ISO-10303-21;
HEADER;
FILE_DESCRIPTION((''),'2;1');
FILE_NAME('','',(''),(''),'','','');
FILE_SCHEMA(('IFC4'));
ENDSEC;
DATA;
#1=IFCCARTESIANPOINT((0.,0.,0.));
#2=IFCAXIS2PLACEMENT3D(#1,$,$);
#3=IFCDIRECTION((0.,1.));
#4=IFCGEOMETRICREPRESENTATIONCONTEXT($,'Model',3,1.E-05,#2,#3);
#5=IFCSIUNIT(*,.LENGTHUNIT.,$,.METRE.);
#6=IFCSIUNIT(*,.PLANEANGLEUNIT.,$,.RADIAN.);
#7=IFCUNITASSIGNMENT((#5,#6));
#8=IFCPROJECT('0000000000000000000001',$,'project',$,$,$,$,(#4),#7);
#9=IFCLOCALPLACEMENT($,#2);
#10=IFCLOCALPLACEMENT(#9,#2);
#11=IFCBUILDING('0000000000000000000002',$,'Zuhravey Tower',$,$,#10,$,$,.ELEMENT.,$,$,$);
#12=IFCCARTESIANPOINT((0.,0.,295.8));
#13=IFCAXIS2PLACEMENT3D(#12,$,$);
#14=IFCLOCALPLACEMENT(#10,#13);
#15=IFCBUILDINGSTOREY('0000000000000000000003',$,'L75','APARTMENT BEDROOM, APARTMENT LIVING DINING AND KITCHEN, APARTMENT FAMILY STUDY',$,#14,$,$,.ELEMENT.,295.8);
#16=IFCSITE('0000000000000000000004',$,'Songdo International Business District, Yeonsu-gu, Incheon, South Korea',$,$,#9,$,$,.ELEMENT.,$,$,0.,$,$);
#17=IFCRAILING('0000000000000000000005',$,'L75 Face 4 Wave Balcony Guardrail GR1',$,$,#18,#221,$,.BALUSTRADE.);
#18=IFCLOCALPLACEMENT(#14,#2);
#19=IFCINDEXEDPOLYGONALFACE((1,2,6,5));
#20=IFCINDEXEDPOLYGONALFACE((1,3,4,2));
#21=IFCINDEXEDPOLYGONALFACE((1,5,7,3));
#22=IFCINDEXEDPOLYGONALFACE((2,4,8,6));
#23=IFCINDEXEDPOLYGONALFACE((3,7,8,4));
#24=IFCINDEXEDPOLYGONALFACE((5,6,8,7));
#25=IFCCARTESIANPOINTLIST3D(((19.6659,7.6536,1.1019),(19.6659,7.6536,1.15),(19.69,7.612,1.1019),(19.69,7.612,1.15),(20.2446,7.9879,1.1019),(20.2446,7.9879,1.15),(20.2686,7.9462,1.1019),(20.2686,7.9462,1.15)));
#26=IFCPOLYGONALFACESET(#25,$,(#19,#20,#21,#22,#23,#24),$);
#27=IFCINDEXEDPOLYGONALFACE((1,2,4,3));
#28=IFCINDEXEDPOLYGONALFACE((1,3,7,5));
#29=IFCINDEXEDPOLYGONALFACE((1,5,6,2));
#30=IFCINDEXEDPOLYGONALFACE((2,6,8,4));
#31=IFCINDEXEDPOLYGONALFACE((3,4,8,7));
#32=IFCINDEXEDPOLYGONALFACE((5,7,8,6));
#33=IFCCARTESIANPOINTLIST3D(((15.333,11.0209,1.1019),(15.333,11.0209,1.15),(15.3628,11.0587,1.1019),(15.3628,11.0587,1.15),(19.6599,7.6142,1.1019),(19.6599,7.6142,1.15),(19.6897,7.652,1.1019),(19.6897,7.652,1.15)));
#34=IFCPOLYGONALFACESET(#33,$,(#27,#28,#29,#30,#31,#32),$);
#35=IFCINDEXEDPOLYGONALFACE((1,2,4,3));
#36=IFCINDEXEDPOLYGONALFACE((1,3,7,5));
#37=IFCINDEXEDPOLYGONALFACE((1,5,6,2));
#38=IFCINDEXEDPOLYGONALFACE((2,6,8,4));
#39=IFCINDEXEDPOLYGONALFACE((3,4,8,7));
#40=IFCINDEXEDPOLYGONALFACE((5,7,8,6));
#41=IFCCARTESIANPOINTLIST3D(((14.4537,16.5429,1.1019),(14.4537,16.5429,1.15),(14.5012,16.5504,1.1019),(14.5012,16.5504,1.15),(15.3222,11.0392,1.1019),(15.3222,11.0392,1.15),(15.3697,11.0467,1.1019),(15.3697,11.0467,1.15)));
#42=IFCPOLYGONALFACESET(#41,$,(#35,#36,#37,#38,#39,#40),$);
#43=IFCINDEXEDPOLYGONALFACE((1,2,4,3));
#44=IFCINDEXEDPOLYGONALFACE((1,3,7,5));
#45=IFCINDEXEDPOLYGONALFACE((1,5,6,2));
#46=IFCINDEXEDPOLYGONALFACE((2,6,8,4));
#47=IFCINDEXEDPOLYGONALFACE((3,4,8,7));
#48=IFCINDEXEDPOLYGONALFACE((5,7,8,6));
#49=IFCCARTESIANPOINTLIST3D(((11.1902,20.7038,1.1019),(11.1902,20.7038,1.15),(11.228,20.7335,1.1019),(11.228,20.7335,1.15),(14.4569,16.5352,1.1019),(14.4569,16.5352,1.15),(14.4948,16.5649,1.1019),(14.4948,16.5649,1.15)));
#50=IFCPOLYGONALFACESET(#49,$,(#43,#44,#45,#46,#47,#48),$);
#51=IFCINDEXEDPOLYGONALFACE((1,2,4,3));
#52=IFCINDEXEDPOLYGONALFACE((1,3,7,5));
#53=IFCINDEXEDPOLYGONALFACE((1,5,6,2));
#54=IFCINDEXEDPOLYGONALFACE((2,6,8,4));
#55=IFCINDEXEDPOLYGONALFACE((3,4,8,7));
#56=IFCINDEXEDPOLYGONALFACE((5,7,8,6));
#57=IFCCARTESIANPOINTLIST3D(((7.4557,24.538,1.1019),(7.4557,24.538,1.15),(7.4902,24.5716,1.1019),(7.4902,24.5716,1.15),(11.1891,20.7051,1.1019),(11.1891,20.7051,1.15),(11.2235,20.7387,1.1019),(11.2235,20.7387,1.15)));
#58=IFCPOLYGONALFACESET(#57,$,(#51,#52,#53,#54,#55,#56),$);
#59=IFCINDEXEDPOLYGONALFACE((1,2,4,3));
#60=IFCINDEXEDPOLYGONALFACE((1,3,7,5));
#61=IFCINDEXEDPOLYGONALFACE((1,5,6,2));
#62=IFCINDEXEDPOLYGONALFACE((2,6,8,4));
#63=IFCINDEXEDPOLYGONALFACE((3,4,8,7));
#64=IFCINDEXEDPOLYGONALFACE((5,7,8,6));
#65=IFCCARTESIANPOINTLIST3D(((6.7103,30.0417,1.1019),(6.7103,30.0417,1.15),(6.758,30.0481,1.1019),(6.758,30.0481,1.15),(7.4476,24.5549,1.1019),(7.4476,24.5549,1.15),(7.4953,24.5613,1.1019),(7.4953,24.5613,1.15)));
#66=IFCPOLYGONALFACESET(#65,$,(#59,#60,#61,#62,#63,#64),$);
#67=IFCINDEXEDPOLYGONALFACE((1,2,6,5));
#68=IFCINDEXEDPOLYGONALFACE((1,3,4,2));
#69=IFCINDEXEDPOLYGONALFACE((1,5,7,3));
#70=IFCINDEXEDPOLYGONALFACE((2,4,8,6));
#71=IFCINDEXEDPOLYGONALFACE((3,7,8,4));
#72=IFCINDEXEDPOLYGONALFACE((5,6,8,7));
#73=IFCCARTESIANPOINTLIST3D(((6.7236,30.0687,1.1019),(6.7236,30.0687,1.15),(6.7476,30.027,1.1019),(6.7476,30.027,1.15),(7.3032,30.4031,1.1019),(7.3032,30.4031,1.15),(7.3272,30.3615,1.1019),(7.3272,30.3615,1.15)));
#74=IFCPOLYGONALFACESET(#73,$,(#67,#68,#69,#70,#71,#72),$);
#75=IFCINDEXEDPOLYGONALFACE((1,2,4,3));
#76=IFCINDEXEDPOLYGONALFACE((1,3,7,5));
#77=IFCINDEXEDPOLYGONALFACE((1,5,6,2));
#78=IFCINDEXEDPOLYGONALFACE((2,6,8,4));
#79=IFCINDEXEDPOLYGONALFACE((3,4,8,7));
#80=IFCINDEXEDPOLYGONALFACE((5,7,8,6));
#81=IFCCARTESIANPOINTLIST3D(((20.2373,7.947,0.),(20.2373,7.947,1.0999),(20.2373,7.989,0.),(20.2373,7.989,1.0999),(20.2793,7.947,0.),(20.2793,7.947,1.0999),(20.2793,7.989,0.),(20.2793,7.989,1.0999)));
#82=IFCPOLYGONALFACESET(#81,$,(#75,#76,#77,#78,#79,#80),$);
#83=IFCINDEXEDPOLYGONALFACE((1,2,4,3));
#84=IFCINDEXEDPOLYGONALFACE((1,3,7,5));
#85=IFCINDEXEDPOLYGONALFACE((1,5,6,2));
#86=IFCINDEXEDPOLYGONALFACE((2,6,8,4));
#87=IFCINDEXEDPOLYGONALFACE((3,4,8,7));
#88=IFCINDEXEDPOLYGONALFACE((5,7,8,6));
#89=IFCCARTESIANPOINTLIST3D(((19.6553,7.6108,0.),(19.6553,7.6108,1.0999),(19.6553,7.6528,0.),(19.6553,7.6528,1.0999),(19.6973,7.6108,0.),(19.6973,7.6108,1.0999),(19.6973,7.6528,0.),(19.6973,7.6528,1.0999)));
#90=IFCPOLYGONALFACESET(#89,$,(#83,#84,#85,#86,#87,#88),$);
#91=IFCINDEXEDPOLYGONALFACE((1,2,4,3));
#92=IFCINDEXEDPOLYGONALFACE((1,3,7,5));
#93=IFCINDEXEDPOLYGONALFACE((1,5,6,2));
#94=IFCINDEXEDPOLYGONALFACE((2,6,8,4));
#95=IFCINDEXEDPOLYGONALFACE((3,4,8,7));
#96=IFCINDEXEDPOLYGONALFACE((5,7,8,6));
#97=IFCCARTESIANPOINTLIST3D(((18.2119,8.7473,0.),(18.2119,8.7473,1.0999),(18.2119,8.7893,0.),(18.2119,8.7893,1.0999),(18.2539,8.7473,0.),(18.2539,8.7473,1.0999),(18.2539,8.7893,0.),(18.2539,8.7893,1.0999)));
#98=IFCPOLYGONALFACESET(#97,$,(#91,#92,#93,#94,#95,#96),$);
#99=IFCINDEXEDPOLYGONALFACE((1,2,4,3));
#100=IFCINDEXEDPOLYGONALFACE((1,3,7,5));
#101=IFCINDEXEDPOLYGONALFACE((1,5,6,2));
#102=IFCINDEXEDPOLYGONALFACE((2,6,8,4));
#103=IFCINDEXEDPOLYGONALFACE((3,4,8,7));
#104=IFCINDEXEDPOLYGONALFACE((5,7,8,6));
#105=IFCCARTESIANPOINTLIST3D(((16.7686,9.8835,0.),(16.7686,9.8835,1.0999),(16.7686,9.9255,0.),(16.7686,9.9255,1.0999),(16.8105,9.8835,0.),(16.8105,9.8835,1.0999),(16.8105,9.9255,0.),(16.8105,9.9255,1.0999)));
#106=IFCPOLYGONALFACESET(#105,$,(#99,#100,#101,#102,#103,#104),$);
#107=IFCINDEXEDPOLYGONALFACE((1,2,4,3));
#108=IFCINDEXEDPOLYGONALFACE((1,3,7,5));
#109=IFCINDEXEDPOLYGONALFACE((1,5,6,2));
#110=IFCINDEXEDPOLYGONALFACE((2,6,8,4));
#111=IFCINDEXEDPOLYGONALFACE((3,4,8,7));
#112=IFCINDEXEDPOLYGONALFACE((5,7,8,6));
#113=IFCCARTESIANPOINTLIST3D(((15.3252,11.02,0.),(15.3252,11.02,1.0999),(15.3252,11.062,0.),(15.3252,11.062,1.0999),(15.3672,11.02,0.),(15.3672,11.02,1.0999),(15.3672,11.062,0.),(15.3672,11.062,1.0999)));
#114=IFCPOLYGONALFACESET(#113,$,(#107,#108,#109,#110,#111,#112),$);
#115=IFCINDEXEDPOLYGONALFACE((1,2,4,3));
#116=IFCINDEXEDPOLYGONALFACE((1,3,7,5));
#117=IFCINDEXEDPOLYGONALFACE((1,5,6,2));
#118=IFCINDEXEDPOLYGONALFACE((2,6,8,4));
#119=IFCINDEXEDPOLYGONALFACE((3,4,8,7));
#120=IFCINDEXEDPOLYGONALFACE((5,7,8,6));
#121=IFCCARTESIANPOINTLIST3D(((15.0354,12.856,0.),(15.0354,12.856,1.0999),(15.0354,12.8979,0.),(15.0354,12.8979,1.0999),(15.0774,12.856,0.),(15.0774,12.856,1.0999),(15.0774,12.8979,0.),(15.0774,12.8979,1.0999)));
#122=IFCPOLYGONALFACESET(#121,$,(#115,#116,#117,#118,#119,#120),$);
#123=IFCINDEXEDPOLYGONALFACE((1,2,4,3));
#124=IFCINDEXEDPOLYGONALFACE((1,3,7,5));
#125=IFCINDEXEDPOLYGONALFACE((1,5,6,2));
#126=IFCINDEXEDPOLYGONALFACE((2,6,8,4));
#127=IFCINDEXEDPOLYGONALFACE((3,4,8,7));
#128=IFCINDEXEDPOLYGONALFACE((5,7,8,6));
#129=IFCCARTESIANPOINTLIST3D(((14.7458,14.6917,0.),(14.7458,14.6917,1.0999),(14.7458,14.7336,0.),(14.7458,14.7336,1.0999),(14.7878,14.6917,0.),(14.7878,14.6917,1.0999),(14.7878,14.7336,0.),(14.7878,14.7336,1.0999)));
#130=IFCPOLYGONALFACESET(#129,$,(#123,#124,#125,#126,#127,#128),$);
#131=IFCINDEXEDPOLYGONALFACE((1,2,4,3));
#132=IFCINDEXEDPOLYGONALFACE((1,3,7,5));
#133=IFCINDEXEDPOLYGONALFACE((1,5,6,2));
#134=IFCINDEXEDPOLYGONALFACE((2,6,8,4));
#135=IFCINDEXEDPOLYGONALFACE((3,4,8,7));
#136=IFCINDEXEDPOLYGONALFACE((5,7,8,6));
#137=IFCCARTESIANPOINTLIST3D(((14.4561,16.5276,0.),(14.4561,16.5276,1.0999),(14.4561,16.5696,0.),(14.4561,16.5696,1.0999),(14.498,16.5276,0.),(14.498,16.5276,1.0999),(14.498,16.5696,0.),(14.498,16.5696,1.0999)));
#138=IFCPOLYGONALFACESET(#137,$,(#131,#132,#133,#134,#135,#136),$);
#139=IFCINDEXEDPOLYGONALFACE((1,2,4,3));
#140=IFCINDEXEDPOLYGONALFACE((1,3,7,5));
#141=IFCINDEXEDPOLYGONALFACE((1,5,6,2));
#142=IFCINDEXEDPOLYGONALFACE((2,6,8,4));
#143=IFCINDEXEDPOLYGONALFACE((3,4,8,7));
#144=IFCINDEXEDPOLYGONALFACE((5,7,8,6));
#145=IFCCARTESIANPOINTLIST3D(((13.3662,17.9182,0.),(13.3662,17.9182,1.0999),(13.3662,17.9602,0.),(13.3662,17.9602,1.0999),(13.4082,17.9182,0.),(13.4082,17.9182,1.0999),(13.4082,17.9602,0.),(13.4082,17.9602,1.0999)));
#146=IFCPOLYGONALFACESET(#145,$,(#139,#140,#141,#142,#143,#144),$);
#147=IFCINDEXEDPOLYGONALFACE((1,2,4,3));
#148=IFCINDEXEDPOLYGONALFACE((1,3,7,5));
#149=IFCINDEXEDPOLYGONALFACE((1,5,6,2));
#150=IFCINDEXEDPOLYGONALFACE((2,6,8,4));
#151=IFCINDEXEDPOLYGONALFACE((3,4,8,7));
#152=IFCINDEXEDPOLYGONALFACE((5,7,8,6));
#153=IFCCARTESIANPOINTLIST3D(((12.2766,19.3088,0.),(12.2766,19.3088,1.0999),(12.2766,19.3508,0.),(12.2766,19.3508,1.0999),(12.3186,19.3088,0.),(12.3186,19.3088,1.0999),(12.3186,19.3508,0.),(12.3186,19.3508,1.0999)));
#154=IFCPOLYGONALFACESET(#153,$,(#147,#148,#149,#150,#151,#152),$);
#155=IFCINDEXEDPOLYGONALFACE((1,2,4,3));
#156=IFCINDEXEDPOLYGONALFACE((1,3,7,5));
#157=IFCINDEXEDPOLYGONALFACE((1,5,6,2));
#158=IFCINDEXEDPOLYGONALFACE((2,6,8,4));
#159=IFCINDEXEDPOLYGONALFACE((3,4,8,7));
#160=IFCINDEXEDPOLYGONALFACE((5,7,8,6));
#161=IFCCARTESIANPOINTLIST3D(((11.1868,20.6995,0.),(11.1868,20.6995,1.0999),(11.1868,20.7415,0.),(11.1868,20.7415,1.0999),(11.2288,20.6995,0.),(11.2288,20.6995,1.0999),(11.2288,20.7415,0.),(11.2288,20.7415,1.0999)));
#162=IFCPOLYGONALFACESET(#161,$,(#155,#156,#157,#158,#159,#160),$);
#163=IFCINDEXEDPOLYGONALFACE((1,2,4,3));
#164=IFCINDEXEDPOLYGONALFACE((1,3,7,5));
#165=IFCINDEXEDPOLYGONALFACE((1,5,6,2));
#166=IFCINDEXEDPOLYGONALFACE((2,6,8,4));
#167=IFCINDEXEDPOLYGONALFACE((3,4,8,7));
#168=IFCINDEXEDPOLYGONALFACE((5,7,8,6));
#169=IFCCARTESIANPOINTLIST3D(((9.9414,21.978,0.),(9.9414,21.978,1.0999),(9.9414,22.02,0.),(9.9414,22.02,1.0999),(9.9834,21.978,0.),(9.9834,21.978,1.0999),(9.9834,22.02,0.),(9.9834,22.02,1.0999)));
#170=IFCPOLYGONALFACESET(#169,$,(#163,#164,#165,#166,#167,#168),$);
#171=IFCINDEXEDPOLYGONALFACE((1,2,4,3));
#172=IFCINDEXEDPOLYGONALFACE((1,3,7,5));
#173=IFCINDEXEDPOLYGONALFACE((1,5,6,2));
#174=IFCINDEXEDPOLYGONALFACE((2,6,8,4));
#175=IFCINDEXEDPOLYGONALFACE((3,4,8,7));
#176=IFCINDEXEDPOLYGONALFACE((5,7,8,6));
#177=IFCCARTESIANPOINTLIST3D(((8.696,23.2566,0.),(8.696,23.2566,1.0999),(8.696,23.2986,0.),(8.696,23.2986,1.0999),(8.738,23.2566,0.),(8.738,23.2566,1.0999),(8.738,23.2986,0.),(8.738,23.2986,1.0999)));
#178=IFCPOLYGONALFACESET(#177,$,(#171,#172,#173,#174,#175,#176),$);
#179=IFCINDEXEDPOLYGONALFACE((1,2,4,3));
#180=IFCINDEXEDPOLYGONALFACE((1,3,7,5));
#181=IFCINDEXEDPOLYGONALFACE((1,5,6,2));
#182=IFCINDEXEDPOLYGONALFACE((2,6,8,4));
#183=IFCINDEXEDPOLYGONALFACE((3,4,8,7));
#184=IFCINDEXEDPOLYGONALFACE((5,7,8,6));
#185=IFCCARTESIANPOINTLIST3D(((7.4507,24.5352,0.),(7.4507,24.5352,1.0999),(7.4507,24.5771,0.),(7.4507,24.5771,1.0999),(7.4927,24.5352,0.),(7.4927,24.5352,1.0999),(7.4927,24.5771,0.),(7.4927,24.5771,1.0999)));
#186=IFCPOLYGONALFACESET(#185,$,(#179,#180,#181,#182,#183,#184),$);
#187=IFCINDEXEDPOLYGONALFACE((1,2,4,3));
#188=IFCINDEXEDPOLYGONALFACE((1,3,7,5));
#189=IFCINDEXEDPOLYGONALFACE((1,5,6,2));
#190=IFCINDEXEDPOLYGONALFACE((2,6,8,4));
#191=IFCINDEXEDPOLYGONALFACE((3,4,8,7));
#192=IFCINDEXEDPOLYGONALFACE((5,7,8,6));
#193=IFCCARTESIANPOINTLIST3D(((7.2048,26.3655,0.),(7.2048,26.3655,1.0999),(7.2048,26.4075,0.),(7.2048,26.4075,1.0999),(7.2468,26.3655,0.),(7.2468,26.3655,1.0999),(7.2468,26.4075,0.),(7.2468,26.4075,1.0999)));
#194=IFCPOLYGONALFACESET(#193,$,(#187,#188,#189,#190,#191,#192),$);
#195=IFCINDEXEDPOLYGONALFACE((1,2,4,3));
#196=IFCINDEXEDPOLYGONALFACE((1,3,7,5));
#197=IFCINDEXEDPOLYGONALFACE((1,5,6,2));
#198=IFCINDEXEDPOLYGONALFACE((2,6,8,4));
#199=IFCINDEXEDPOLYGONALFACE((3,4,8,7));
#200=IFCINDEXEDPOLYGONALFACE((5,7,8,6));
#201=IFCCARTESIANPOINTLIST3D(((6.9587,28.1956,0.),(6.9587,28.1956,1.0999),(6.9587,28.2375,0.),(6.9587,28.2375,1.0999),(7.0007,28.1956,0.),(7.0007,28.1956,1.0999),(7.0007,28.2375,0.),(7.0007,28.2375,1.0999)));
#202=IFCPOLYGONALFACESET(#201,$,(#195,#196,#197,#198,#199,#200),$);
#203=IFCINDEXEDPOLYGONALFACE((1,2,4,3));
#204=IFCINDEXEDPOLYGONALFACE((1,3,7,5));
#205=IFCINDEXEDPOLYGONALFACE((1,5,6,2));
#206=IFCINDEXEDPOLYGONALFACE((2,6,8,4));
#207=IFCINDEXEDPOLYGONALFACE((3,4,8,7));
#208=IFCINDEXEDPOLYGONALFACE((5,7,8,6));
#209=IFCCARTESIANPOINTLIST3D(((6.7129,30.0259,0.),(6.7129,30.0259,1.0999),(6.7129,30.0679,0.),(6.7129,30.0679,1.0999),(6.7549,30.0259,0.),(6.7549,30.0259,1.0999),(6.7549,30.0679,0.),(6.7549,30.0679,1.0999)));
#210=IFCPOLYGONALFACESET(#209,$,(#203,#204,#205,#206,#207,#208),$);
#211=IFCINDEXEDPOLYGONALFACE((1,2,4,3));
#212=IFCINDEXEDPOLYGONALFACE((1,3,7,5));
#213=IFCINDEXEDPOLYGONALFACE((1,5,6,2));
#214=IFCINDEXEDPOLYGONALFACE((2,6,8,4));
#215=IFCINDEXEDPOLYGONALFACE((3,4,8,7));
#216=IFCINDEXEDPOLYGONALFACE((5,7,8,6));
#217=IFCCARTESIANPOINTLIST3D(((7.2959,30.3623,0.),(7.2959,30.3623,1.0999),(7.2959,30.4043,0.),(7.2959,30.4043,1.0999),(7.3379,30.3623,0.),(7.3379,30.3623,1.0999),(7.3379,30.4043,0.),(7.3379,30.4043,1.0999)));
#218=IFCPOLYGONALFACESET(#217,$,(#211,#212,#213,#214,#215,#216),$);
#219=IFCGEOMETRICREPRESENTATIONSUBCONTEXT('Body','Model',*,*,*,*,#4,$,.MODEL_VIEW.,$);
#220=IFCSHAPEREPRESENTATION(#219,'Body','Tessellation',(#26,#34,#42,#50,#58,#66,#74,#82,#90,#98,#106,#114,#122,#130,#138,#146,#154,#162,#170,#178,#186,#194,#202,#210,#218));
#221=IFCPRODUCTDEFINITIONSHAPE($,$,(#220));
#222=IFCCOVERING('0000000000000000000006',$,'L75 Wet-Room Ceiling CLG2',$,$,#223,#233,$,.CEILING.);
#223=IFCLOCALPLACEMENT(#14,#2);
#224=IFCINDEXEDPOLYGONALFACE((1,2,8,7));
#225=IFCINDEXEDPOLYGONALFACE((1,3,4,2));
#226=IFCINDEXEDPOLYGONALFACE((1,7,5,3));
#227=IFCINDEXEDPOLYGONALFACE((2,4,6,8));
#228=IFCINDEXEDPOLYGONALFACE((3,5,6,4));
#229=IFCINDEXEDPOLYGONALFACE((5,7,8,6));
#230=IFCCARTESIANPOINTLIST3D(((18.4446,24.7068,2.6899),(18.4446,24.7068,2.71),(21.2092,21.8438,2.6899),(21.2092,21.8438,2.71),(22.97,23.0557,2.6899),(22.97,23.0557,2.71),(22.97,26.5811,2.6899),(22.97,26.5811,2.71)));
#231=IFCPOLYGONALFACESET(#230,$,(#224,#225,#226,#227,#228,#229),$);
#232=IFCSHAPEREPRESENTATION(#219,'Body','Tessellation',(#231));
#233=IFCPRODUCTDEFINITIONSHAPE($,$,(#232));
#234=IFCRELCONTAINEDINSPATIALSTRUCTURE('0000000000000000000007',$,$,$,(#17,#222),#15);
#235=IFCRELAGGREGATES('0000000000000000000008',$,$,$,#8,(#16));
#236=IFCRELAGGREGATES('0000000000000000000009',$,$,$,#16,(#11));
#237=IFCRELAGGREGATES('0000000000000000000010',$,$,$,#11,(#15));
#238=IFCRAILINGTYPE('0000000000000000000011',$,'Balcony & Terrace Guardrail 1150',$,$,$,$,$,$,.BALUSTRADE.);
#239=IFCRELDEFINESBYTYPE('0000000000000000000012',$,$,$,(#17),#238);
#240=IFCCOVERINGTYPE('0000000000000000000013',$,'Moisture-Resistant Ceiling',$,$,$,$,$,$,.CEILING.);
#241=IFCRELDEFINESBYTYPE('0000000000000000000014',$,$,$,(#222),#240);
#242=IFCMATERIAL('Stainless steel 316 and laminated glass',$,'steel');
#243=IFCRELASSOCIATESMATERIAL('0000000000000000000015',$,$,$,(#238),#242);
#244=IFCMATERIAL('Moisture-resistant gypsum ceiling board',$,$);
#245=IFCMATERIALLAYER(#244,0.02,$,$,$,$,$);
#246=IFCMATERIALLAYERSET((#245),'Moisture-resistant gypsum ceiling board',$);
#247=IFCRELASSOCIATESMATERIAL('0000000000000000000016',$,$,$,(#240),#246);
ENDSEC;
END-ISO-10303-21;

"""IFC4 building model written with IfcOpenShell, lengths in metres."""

from ifc_helpers import new_model, si_unit, direction, frame, origin, origin_2d, place, context, subcontext, project, spatial, polyline, rectangle, outline, extrude, material, layer, layer_set, type_object, element, save


model = new_model("IFC4")

# Units and contexts
model_context = context("Model", 3, precision=1e-05, world=origin(), true_north=direction((0.0, 1.0)))
body_context = subcontext(model_context, "Body", "Model", "MODEL_VIEW")
ifc_project = project(units=[si_unit("LENGTHUNIT", "METRE"), si_unit("PLANEANGLEUNIT", "RADIAN")], contexts=[model_context])

# Site, building, storey
site_placement = place(None, origin())
site = spatial("IfcSite", under=ifc_project, at=site_placement, Name="Songdo International Business District, Yeonsu-gu, Incheon, South Korea", CompositionType="ELEMENT", RefElevation=0.0)
building_placement = place(site_placement, origin())
building = spatial("IfcBuilding", under=site, at=building_placement, Name="Zuhravey Tower", CompositionType="ELEMENT")
storey_placement = place(building_placement, frame((0.0, 0.0, 295.8)))
storey = spatial("IfcBuildingStorey", under=building, at=storey_placement, Name="L75", Description="APARTMENT BEDROOM, APARTMENT LIVING DINING AND KITCHEN, APARTMENT FAMILY STUDY", CompositionType="ELEMENT", Elevation=295.8)

# Railing
ifc_material_1 = material(Name="Stainless steel 316 and laminated glass", Category="steel")
railing_type = type_object("IfcRailingType", Name="Balcony & Terrace Guardrail 1150", PredefinedType="BALUSTRADE", material=ifc_material_1)
railing_placement = place(storey_placement, frame((20.2583, 7.968, 0.0)))
element("IfcRailing", 1, at=railing_placement, inside=storey, type_object=railing_type, Name="L75 Face 4 Wave Balcony Guardrail GR1", PredefinedType="BALUSTRADE", context=body_context, shape_type="SweptSolid", body=[
    extrude(rectangle(XDim=0.0481, YDim=0.0481, at=origin_2d()), frame((-0.0017, -0.001, 1.126), z_axis=(-0.865931, -0.500163, 0.0), x_axis=(0.500163, -0.865931, 0.0)), (0.0, 0.0, 1.0), 0.6682),
    extrude(rectangle(XDim=0.0481, YDim=0.0481, at=origin_2d()), frame((-0.5835, -0.335, 1.126), z_axis=(-0.785703, 0.618604, 0.0), x_axis=(-0.618604, -0.785703, 0.0)), (0.0, 0.0, 1.0), 5.5071),
    extrude(rectangle(XDim=0.0481, YDim=0.0481, at=origin_2d()), frame((-4.9124, 3.075, 1.126), z_axis=(-0.155879, 0.987776, 0.0), x_axis=(-0.987776, -0.155879, 0.0)), (0.0, 0.0, 1.0), 5.5718),
    extrude(rectangle(XDim=0.0481, YDim=0.0481, at=origin_2d()), frame((-5.7825, 8.582, 1.126), z_axis=(-0.616816, 0.787107, 0.0), x_axis=(-0.787107, -0.616816, 0.0)), (0.0, 0.0, 1.0), 5.2961),
    extrude(rectangle(XDim=0.0481, YDim=0.0481, at=origin_2d()), frame((-9.052, 12.7539, 1.126), z_axis=(-0.697744, 0.716347, 0.0), x_axis=(-0.716347, -0.697744, 0.0)), (0.0, 0.0, 1.0), 5.3506),
    extrude(rectangle(XDim=0.0481, YDim=0.0481, at=origin_2d()), frame((-12.7869, 16.5901, 1.126), z_axis=(-0.133174, 0.991093, 0.0), x_axis=(-0.991093, -0.133174, 0.0)), (0.0, 0.0, 1.0), 5.5361),
    extrude(rectangle(XDim=0.0481, YDim=0.0481, at=origin_2d()), frame((-13.5227, 22.0798, 1.126), z_axis=(0.866137, 0.499806, 0.0), x_axis=(-0.499806, 0.866137, 0.0)), (0.0, 0.0, 1.0), 0.6692),
    extrude(rectangle(XDim=0.042, YDim=0.042, at=origin_2d()), origin(), (0.0, 0.0, 1.0), 1.0999),
    extrude(rectangle(XDim=0.042, YDim=0.042, at=origin_2d()), frame((-0.582, -0.3362, 0.0)), (0.0, 0.0, 1.0), 1.0999),
    extrude(rectangle(XDim=0.042, YDim=0.042, at=origin_2d()), frame((-2.0254, 0.8003, 0.0)), (0.0, 0.0, 1.0), 1.0999),
    extrude(rectangle(XDim=0.042, YDim=0.042, at=origin_2d()), frame((-3.4688, 1.9365, 0.0)), (0.0, 0.0, 1.0), 1.0999),
    extrude(rectangle(XDim=0.042, YDim=0.042, at=origin_2d()), frame((-4.9121, 3.073, 0.0)), (0.0, 0.0, 1.0), 1.0999),
    extrude(rectangle(XDim=0.042, YDim=0.042, at=origin_2d()), frame((-5.2019, 4.9089, 0.0)), (0.0, 0.0, 1.0), 1.0999),
    extrude(rectangle(XDim=0.042, YDim=0.042, at=origin_2d()), frame((-5.4915, 6.7446, 0.0)), (0.0, 0.0, 1.0), 1.0999),
    extrude(rectangle(XDim=0.042, YDim=0.042, at=origin_2d()), frame((-5.7812, 8.5806, 0.0)), (0.0, 0.0, 1.0), 1.0999),
    extrude(rectangle(XDim=0.042, YDim=0.042, at=origin_2d()), frame((-6.8711, 9.9712, 0.0)), (0.0, 0.0, 1.0), 1.0999),
    extrude(rectangle(XDim=0.042, YDim=0.042, at=origin_2d()), frame((-7.9607, 11.3618, 0.0)), (0.0, 0.0, 1.0), 1.0999),
    extrude(rectangle(XDim=0.042, YDim=0.042, at=origin_2d()), frame((-9.0505, 12.7524, 0.0)), (0.0, 0.0, 1.0), 1.0999),
    extrude(rectangle(XDim=0.042, YDim=0.042, at=origin_2d()), frame((-10.2959, 14.031, 0.0)), (0.0, 0.0, 1.0), 1.0999),
    extrude(rectangle(XDim=0.042, YDim=0.042, at=origin_2d()), frame((-11.5413, 15.3096, 0.0)), (0.0, 0.0, 1.0), 1.0999),
    extrude(rectangle(XDim=0.042, YDim=0.042, at=origin_2d()), frame((-12.7866, 16.5881, 0.0)), (0.0, 0.0, 1.0), 1.0999),
    extrude(rectangle(XDim=0.042, YDim=0.042, at=origin_2d()), frame((-13.0325, 18.4185, 0.0)), (0.0, 0.0, 1.0), 1.0999),
    extrude(rectangle(XDim=0.042, YDim=0.042, at=origin_2d()), frame((-13.2786, 20.2485, 0.0)), (0.0, 0.0, 1.0), 1.0999),
    extrude(rectangle(XDim=0.042, YDim=0.042, at=origin_2d()), frame((-13.5244, 22.0789, 0.0)), (0.0, 0.0, 1.0), 1.0999),
    extrude(rectangle(XDim=0.042, YDim=0.042, at=origin_2d()), frame((-12.9414, 22.4153, 0.0)), (0.0, 0.0, 1.0), 1.0999),
])

# Covering
ifc_material_2 = material(Name="Moisture-resistant gypsum ceiling board")
ifc_layer_1 = layer(ifc_material_2, 0.02)
ifc_layer_set_1 = layer_set([ifc_layer_1], Name="Moisture-resistant gypsum ceiling board")
covering_type_1 = type_object("IfcCoveringType", Name="Moisture-Resistant Ceiling", PredefinedType="CEILING", material=ifc_layer_set_1)
covering_1_placement = place(storey_placement, frame((0.0, 0.0, 2.6899)))
element("IfcCovering", 2, at=covering_1_placement, inside=storey, type_object=covering_type_1, Name="L75 Wet-Room Ceiling CLG2", PredefinedType="CEILING", context=body_context, shape_type="SweptSolid", body=[
    extrude(outline(polyline([(22.97, 26.5811), (22.97, 23.0557), (21.2092, 21.8438), (18.4446, 24.7068), (22.97, 26.5811)])), origin(), (0.0, 0.0, 1.0), 0.02),
])

save(model, "model.ifc")
